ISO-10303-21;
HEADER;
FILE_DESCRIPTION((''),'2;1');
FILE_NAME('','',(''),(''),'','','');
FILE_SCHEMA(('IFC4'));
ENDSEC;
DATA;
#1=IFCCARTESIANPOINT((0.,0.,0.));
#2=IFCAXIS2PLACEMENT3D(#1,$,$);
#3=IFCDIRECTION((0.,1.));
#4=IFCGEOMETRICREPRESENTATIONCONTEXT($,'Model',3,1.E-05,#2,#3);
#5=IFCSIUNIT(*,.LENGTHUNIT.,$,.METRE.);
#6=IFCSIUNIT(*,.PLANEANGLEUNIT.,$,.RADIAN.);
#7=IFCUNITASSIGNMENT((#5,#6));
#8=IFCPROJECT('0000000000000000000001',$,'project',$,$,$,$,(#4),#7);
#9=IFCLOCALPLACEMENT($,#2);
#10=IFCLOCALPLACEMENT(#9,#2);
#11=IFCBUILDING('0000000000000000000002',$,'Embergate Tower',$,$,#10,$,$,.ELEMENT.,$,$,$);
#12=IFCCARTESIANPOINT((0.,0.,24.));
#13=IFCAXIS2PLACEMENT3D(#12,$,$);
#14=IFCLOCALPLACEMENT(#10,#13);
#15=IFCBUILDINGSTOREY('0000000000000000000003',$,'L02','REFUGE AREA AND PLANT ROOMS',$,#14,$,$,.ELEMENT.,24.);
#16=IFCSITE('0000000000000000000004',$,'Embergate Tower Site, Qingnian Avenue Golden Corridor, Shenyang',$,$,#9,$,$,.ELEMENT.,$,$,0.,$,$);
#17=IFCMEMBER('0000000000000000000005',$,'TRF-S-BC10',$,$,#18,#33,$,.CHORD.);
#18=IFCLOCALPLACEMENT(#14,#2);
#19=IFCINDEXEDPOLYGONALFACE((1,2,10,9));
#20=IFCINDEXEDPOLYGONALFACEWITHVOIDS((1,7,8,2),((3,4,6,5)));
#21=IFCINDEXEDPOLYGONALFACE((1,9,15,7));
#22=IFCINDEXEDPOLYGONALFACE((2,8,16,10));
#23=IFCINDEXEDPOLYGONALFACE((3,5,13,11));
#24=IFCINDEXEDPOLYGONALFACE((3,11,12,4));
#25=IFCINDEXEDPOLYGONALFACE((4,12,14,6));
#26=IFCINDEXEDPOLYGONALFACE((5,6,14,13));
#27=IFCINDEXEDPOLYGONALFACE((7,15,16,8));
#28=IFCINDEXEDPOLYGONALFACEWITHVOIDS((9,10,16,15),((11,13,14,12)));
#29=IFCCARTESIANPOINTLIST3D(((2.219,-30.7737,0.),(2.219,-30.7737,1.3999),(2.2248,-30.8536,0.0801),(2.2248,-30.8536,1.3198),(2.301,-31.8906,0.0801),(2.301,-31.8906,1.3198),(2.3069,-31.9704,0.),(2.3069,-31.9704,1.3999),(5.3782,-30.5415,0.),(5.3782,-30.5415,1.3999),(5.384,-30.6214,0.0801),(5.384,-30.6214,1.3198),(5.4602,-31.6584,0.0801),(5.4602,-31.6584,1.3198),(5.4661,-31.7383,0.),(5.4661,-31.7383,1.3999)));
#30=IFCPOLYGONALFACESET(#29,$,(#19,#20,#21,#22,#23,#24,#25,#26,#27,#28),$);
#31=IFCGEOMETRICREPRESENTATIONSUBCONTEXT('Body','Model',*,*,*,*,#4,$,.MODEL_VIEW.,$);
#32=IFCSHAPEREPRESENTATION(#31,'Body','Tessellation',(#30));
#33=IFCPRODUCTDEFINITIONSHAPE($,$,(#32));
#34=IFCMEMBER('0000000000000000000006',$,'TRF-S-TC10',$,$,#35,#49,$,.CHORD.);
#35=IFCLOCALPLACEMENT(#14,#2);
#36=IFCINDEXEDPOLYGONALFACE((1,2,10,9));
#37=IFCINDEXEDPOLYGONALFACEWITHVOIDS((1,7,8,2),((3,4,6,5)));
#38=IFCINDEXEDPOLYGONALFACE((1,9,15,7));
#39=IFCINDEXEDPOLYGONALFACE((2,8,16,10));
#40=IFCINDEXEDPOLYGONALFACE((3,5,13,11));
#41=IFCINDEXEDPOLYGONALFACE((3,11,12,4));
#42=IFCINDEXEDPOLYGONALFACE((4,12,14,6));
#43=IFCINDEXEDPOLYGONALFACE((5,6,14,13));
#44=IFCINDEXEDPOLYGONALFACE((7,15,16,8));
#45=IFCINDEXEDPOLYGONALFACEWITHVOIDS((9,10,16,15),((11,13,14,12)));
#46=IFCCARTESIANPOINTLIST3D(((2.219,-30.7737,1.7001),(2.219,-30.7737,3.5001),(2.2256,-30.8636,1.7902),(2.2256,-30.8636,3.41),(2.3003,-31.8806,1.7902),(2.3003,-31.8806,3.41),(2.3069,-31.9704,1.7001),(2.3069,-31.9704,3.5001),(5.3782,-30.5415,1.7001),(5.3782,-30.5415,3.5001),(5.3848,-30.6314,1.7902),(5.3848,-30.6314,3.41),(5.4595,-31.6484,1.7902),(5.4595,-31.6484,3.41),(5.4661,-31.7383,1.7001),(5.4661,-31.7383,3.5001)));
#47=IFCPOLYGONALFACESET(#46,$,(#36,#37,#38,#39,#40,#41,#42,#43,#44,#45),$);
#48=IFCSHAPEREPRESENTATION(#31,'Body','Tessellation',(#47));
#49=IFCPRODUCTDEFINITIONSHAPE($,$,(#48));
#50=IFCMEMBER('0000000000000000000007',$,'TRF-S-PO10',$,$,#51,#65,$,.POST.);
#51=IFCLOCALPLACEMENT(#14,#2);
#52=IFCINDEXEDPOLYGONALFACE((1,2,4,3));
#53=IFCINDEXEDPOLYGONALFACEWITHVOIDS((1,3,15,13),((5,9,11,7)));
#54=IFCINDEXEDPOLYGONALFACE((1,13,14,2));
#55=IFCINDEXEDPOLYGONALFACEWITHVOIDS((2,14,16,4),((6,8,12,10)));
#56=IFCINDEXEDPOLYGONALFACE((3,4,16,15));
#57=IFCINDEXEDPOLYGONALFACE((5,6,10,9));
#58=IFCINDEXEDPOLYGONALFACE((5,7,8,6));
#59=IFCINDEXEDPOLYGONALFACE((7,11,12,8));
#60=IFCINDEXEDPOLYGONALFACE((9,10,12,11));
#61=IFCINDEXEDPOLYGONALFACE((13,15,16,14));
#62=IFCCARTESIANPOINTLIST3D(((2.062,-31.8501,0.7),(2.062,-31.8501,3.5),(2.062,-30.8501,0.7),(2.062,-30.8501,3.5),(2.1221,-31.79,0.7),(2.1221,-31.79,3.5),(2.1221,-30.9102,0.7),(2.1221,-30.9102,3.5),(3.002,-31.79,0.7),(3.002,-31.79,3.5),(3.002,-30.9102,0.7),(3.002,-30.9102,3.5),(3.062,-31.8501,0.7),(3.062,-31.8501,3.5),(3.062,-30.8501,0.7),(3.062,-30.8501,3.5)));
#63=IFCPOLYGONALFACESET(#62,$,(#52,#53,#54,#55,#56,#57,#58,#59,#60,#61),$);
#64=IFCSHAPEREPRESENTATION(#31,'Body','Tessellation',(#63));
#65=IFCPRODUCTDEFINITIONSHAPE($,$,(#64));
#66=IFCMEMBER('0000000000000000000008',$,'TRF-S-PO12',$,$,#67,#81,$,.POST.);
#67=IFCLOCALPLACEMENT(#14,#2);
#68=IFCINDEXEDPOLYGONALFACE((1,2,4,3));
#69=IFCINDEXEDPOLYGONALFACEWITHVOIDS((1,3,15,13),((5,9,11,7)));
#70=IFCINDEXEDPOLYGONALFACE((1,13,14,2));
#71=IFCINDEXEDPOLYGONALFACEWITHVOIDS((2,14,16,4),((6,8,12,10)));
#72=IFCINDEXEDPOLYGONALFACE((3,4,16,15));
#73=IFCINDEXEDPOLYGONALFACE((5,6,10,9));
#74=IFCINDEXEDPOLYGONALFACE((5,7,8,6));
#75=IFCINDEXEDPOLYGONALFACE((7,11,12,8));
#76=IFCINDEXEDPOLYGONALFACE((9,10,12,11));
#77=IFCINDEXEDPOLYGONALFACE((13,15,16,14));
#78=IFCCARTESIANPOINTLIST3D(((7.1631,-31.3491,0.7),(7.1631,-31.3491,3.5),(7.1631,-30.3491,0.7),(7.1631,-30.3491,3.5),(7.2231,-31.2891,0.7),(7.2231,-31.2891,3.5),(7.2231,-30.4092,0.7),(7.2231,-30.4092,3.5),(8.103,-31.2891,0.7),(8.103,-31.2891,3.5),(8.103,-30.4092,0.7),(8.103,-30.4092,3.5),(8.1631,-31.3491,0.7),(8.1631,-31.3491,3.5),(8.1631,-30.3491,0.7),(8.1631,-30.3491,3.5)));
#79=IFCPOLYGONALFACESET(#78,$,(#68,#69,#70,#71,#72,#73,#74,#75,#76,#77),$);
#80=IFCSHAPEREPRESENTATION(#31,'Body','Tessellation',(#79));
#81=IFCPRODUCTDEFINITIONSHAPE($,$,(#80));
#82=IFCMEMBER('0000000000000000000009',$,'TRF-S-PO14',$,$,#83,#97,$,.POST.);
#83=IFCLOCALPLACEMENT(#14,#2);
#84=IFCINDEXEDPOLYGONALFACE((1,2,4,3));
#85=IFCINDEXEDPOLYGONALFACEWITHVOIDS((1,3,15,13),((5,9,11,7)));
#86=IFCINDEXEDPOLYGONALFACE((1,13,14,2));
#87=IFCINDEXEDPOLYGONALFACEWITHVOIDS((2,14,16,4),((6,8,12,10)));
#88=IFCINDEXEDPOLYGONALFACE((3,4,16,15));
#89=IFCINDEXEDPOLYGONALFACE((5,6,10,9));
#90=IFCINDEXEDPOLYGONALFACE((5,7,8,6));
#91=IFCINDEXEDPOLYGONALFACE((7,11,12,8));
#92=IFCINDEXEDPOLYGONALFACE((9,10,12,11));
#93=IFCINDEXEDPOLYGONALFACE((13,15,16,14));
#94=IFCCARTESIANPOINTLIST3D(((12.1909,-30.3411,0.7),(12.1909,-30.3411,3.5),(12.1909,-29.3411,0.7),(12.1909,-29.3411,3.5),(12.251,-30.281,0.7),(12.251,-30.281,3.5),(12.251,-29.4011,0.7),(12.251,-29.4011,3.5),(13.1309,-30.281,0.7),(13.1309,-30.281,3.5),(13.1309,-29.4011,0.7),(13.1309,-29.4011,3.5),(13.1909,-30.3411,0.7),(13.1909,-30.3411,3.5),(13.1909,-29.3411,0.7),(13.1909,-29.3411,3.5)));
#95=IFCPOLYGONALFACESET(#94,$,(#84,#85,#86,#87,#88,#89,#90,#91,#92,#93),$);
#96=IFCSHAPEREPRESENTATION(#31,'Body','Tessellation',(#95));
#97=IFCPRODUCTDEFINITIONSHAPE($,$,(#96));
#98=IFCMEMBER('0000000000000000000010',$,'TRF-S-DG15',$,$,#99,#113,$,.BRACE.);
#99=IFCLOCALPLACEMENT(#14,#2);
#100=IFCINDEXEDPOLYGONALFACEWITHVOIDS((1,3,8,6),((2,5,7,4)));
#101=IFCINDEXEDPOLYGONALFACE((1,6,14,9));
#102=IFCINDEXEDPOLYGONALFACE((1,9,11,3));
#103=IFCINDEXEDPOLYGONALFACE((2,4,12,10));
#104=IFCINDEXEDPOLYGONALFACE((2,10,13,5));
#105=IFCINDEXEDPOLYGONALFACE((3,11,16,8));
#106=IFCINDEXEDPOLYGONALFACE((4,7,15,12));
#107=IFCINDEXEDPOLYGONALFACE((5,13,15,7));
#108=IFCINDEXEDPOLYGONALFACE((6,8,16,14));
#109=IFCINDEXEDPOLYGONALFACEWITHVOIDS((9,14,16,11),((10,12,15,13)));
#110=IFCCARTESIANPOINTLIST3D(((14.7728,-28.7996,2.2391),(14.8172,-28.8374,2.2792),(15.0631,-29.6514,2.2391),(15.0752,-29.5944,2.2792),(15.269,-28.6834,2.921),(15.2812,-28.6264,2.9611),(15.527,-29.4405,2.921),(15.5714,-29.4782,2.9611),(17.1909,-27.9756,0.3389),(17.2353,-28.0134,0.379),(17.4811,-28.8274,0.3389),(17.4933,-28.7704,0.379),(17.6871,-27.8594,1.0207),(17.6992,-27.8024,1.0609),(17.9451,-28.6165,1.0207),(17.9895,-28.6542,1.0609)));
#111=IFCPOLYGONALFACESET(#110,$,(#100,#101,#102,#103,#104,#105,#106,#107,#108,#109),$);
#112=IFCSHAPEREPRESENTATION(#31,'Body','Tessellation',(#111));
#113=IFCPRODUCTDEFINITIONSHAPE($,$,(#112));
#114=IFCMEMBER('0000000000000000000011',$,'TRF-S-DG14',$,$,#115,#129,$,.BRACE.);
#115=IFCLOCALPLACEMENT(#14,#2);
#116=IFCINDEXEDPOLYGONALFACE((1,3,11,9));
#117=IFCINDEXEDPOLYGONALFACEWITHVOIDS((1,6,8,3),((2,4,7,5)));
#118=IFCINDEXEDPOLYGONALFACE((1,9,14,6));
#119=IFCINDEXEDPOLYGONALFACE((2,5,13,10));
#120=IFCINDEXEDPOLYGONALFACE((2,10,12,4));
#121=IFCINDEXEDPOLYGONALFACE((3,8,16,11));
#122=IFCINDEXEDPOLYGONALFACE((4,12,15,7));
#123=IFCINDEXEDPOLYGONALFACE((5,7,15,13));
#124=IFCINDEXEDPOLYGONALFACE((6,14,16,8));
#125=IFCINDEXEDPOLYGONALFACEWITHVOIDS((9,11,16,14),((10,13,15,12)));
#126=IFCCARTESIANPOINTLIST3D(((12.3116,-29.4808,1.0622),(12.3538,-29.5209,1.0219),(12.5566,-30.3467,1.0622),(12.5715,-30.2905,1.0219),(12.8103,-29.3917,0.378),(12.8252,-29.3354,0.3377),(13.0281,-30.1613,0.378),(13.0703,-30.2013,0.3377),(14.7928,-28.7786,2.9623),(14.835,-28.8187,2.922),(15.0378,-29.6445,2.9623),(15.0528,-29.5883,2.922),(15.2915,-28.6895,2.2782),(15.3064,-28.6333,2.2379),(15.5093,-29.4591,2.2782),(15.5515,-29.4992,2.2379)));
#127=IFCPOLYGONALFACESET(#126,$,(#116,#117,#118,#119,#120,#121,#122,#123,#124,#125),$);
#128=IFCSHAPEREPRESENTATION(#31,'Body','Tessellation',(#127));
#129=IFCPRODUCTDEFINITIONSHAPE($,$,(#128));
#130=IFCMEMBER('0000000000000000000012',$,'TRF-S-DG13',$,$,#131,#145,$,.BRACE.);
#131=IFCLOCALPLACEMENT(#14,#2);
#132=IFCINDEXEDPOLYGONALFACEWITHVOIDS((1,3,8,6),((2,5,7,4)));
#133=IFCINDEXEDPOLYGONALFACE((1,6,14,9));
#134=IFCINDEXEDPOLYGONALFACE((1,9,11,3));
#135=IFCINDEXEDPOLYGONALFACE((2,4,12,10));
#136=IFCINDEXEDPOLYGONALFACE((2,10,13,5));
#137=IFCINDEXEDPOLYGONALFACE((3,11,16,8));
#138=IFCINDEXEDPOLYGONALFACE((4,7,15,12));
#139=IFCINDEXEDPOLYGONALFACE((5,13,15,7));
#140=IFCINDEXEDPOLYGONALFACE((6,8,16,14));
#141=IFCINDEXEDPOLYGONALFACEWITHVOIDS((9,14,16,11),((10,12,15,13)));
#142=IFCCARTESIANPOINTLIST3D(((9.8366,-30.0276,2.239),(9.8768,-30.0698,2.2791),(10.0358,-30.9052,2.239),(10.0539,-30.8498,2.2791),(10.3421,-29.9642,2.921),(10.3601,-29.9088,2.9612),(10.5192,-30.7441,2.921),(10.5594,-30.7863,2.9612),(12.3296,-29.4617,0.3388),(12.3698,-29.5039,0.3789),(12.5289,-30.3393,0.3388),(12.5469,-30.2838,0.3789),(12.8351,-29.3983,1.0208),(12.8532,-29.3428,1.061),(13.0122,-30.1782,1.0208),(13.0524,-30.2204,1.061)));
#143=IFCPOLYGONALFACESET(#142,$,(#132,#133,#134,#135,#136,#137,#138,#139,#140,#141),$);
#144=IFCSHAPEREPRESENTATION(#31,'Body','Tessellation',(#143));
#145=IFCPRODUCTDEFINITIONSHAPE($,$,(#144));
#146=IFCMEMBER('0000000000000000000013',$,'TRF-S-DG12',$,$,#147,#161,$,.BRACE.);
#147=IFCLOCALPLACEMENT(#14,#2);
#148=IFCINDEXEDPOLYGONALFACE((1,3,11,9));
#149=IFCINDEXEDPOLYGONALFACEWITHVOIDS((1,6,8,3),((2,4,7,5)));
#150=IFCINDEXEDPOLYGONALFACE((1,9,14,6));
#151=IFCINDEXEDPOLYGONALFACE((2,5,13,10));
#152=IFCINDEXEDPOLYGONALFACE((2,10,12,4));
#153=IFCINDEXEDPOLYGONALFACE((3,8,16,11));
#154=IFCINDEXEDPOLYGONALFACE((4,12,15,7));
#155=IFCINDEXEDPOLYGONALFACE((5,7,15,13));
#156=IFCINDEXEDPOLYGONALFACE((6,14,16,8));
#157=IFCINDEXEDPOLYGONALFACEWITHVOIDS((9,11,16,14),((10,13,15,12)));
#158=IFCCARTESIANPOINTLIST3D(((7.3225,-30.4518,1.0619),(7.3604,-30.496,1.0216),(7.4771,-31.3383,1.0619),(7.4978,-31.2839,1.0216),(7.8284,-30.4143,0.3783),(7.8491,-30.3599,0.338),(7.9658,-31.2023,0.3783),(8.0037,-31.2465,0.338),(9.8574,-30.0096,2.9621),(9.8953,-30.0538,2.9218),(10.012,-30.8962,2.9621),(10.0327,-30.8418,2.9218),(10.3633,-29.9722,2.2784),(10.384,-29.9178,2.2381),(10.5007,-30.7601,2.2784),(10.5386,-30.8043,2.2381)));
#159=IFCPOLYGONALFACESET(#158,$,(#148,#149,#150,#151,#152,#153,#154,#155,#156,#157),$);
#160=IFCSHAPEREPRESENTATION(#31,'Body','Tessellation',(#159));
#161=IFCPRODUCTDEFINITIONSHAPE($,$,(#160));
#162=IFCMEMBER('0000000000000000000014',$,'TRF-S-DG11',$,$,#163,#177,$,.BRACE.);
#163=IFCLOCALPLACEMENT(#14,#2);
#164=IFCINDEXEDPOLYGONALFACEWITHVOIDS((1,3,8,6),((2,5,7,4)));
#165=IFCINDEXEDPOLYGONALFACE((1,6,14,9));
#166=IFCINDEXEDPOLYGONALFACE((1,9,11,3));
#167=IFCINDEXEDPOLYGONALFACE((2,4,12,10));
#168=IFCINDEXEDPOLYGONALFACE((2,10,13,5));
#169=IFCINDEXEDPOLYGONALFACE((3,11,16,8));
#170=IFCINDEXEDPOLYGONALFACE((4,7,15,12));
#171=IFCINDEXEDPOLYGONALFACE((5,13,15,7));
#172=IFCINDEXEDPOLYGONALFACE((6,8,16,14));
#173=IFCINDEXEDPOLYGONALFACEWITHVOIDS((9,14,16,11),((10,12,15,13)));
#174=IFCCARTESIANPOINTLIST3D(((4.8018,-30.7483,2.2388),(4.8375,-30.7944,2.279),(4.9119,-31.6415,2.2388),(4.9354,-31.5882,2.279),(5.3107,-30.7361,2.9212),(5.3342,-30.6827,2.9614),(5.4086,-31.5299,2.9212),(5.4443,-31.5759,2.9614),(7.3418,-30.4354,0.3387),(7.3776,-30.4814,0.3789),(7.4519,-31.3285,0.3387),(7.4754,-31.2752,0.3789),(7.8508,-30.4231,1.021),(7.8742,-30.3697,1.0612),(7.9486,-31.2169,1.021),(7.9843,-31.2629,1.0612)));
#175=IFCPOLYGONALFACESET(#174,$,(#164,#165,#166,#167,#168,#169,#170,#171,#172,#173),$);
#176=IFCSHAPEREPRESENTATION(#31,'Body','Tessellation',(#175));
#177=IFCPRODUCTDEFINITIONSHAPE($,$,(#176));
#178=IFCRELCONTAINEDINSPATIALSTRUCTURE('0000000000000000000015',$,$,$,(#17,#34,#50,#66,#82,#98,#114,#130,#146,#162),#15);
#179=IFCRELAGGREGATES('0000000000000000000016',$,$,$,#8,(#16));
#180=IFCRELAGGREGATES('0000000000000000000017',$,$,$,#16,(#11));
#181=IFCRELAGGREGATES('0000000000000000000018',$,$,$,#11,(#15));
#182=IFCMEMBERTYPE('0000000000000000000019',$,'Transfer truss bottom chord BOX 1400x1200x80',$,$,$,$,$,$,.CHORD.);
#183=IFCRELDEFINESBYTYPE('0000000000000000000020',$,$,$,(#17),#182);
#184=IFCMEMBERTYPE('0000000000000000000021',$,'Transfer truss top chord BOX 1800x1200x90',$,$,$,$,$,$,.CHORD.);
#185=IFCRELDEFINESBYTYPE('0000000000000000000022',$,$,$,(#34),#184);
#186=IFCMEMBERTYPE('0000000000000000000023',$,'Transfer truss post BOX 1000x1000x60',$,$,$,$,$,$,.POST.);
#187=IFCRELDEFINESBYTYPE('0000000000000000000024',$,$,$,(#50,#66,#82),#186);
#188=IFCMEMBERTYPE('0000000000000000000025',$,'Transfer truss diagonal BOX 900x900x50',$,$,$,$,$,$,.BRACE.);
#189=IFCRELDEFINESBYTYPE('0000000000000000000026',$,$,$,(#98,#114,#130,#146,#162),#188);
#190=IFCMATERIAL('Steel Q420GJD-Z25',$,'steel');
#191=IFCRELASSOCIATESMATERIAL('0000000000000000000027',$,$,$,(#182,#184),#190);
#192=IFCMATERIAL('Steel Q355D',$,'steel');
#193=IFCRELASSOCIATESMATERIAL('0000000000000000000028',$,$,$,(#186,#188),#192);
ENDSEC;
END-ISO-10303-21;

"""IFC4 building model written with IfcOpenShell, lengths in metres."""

from ifc_helpers import new_model, si_unit, direction, frame, origin, origin_2d, place, context, subcontext, project, spatial, hollow_rectangle, extrude, source, transform, mapped, material, material_profile, profile_set, type_object, element, save


model = new_model("IFC4")

# Units and contexts
model_context = context("Model", 3, precision=1e-05, world=origin(), true_north=direction((0.0, 1.0)))
body_context = subcontext(model_context, "Body", "Model", "MODEL_VIEW")
ifc_project = project(units=[si_unit("LENGTHUNIT", "METRE"), si_unit("PLANEANGLEUNIT", "RADIAN")], contexts=[model_context])

# Site, building, storey
site_placement = place(None, origin())
site = spatial("IfcSite", under=ifc_project, at=site_placement, Name="Embergate Tower Site, Qingnian Avenue Golden Corridor, Shenyang", CompositionType="ELEMENT", RefElevation=0.0)
building_placement = place(site_placement, origin())
building = spatial("IfcBuilding", under=site, at=building_placement, Name="Embergate Tower", CompositionType="ELEMENT")
storey_placement = place(building_placement, frame((0.0, 0.0, 24.0)))
storey = spatial("IfcBuildingStorey", under=building, at=storey_placement, Name="L02", Description="REFUGE AREA AND PLANT ROOMS", CompositionType="ELEMENT", Elevation=24.0)

# Members
ifc_material_1 = material(Name="Steel Q420GJD-Z25", Category="steel")
ifc_material_profile_1 = material_profile(ifc_material_1, hollow_rectangle(XDim=1.2, YDim=1.3999, WallThickness=0.0801, at=origin_2d()), Name="BOX 1400x1200x80")
ifc_profile_set_1 = profile_set([ifc_material_profile_1], Name="Steel Q420 grade GJD-Z25")
member_type_1 = type_object("IfcMemberType", Name="Transfer truss bottom chord BOX 1400x1200x80", PredefinedType="CHORD", material=ifc_profile_set_1)
ifc_material_profile_2 = material_profile(ifc_material_1, hollow_rectangle(XDim=1.2, YDim=1.8, WallThickness=0.0901, at=origin_2d()), Name="BOX 1800x1200x90")
ifc_profile_set_2 = profile_set([ifc_material_profile_2], Name="Steel Q420 grade GJD-Z25")
member_type_2 = type_object("IfcMemberType", Name="Transfer truss top chord BOX 1800x1200x90", PredefinedType="CHORD", material=ifc_profile_set_2)
shared_shape_1 = source(origin(), body_context, "Body", "SweptSolid", [
    extrude(hollow_rectangle(XDim=1.2, YDim=1.3999, WallThickness=0.0801, at=origin_2d()), origin(), (0.0, 0.0, 1.0), 3.1677),
])
member_1_placement = place(storey_placement, frame((2.2629, -31.3721, 0.7), z_axis=(0.99731, 0.073295, 0.0), x_axis=(-0.073295, 0.99731, 0.0)))
element("IfcMember", 1, at=member_1_placement, inside=storey, type_object=member_type_1, Name="TRF-S-BC10", PredefinedType="CHORD", context=body_context, shape_type="MappedRepresentation", body=[
    mapped(shared_shape_1, transform((0.0, 0.0, 0.0))),
])
shared_shape_2 = source(origin(), body_context, "Body", "SweptSolid", [
    extrude(hollow_rectangle(XDim=1.2, YDim=1.8, WallThickness=0.0901, at=origin_2d()), origin(), (0.0, 0.0, 1.0), 3.1677),
])
member_2_placement = place(storey_placement, frame((2.2629, -31.3721, 2.6001), z_axis=(0.99731, 0.073295, 0.0), x_axis=(-0.073295, 0.99731, 0.0)))
element("IfcMember", 2, at=member_2_placement, inside=storey, type_object=member_type_2, Name="TRF-S-TC10", PredefinedType="CHORD", context=body_context, shape_type="MappedRepresentation", body=[
    mapped(shared_shape_2, transform((0.0, 0.0, 0.0))),
])
ifc_material_2 = material(Name="Steel Q355D", Category="steel")
ifc_material_profile_3 = material_profile(ifc_material_2, hollow_rectangle(XDim=1.0, YDim=1.0, WallThickness=0.0601, at=origin_2d()), Name="BOX 1000x1000x60")
ifc_profile_set_3 = profile_set([ifc_material_profile_3], Name="Steel Q355 grade D")
member_type_3 = type_object("IfcMemberType", Name="Transfer truss post BOX 1000x1000x60", PredefinedType="POST", material=ifc_profile_set_3)
shared_shape_3 = source(origin(), body_context, "Body", "SweptSolid", [
    extrude(hollow_rectangle(XDim=1.0, YDim=1.0, WallThickness=0.0601, at=origin_2d()), origin(), (0.0, 0.0, 1.0), 2.8),
])
for number, where, z_axis, x_axis, name in (
    (3, (2.562, -31.3501, 0.7), (0.0, 0.0, 1.0), (1.0, 0.0, 0.0), "TRF-S-PO10"),
    (4, (7.6631, -30.8491, 0.7), (0.0, 0.0, 1.0), (1.0, 0.0, 0.0), "TRF-S-PO12"),
    (5, (12.6909, -29.8411, 0.7), (0.0, 0.0, 1.0), (1.0, 0.0, 0.0), "TRF-S-PO14"),
):
    element("IfcMember", number, at=place(storey_placement, frame(where, z_axis=z_axis, x_axis=x_axis)), inside=storey, type_object=member_type_3, Name=name, PredefinedType="POST", context=body_context, shape_type="MappedRepresentation", body=[
        mapped(shared_shape_3, transform((0.0, 0.0, 0.0))),
    ])
ifc_material_profile_4 = material_profile(ifc_material_2, hollow_rectangle(XDim=0.8999, YDim=0.8999, WallThickness=0.05, at=origin_2d()), Name="BOX 900x900x50")
ifc_profile_set_4 = profile_set([ifc_material_profile_4], Name="Steel Q355 grade D")
member_type_4 = type_object("IfcMemberType", Name="Transfer truss diagonal BOX 900x900x50", PredefinedType="BRACE", material=ifc_profile_set_4)
shared_shape_4 = source(origin(), body_context, "Body", "SweptSolid", [
    extrude(hollow_rectangle(XDim=0.8999, YDim=0.8999, WallThickness=0.05, at=origin_2d()), origin(), (0.0, 0.0, 1.0), 3.1838),
])
member_3_placement = place(storey_placement, frame((15.1721, -29.1389, 2.6001), z_axis=(0.759479, 0.258809, -0.596832), x_axis=(-0.322557, 0.94655, 0.0)))
element("IfcMember", 6, at=member_3_placement, inside=storey, type_object=member_type_4, Name="TRF-S-DG15", PredefinedType="BRACE", context=body_context, shape_type="MappedRepresentation", body=[
    mapped(shared_shape_4, transform((0.0, 0.0, 0.0))),
])
shared_shape_5 = source(origin(), body_context, "Body", "SweptSolid", [
    extrude(hollow_rectangle(XDim=0.8999, YDim=0.8999, WallThickness=0.05, at=origin_2d()), origin(), (0.0, 0.0, 1.0), 3.2031),
])
member_4_placement = place(storey_placement, frame((12.6909, -29.8411, 0.7), z_axis=(0.774622, 0.219208, 0.593219), x_axis=(-0.272294, 0.962214, 0.0)))
element("IfcMember", 7, at=member_4_placement, inside=storey, type_object=member_type_4, Name="TRF-S-DG14", PredefinedType="BRACE", context=body_context, shape_type="MappedRepresentation", body=[
    mapped(shared_shape_5, transform((0.0, 0.0, 0.0))),
])
shared_shape_6 = source(origin(), body_context, "Body", "SweptSolid", [
    extrude(hollow_rectangle(XDim=0.8999, YDim=0.8999, WallThickness=0.05, at=origin_2d()), origin(), (0.0, 0.0, 1.0), 3.1853),
])
member_5_placement = place(storey_placement, frame((10.198, -30.407, 2.6001), z_axis=(0.782658, 0.177671, -0.596556), x_axis=(-0.221378, 0.975188, 0.0)))
element("IfcMember", 8, at=member_5_placement, inside=storey, type_object=member_type_4, Name="TRF-S-DG13", PredefinedType="BRACE", context=body_context, shape_type="MappedRepresentation", body=[
    mapped(shared_shape_6, transform((0.0, 0.0, 0.0))),
])
shared_shape_7 = source(origin(), body_context, "Body", "SweptSolid", [
    extrude(hollow_rectangle(XDim=0.8999, YDim=0.8999, WallThickness=0.05, at=origin_2d()), origin(), (0.0, 0.0, 1.0), 3.1987),
])
member_6_placement = place(storey_placement, frame((7.6631, -30.8491, 0.7), z_axis=(0.792477, 0.138224, 0.594033), x_axis=(-0.171826, 0.985127, 0.0)))
element("IfcMember", 9, at=member_6_placement, inside=storey, type_object=member_type_4, Name="TRF-S-DG12", PredefinedType="BRACE", context=body_context, shape_type="MappedRepresentation", body=[
    mapped(shared_shape_7, transform((0.0, 0.0, 0.0))),
])
shared_shape_8 = source(origin(), body_context, "Body", "SweptSolid", [
    extrude(hollow_rectangle(XDim=0.8999, YDim=0.8999, WallThickness=0.05, at=origin_2d()), origin(), (0.0, 0.0, 1.0), 3.1875),
])
member_7_placement = place(storey_placement, frame((5.123, -31.1621, 2.6001), z_axis=(0.796869, 0.098192, -0.59612), x_axis=(-0.122297, 0.992494, 0.0)))
element("IfcMember", 10, at=member_7_placement, inside=storey, type_object=member_type_4, Name="TRF-S-DG11", PredefinedType="BRACE", context=body_context, shape_type="MappedRepresentation", body=[
    mapped(shared_shape_8, transform((0.0, 0.0, 0.0))),
])

save(model, "model.ifc")
